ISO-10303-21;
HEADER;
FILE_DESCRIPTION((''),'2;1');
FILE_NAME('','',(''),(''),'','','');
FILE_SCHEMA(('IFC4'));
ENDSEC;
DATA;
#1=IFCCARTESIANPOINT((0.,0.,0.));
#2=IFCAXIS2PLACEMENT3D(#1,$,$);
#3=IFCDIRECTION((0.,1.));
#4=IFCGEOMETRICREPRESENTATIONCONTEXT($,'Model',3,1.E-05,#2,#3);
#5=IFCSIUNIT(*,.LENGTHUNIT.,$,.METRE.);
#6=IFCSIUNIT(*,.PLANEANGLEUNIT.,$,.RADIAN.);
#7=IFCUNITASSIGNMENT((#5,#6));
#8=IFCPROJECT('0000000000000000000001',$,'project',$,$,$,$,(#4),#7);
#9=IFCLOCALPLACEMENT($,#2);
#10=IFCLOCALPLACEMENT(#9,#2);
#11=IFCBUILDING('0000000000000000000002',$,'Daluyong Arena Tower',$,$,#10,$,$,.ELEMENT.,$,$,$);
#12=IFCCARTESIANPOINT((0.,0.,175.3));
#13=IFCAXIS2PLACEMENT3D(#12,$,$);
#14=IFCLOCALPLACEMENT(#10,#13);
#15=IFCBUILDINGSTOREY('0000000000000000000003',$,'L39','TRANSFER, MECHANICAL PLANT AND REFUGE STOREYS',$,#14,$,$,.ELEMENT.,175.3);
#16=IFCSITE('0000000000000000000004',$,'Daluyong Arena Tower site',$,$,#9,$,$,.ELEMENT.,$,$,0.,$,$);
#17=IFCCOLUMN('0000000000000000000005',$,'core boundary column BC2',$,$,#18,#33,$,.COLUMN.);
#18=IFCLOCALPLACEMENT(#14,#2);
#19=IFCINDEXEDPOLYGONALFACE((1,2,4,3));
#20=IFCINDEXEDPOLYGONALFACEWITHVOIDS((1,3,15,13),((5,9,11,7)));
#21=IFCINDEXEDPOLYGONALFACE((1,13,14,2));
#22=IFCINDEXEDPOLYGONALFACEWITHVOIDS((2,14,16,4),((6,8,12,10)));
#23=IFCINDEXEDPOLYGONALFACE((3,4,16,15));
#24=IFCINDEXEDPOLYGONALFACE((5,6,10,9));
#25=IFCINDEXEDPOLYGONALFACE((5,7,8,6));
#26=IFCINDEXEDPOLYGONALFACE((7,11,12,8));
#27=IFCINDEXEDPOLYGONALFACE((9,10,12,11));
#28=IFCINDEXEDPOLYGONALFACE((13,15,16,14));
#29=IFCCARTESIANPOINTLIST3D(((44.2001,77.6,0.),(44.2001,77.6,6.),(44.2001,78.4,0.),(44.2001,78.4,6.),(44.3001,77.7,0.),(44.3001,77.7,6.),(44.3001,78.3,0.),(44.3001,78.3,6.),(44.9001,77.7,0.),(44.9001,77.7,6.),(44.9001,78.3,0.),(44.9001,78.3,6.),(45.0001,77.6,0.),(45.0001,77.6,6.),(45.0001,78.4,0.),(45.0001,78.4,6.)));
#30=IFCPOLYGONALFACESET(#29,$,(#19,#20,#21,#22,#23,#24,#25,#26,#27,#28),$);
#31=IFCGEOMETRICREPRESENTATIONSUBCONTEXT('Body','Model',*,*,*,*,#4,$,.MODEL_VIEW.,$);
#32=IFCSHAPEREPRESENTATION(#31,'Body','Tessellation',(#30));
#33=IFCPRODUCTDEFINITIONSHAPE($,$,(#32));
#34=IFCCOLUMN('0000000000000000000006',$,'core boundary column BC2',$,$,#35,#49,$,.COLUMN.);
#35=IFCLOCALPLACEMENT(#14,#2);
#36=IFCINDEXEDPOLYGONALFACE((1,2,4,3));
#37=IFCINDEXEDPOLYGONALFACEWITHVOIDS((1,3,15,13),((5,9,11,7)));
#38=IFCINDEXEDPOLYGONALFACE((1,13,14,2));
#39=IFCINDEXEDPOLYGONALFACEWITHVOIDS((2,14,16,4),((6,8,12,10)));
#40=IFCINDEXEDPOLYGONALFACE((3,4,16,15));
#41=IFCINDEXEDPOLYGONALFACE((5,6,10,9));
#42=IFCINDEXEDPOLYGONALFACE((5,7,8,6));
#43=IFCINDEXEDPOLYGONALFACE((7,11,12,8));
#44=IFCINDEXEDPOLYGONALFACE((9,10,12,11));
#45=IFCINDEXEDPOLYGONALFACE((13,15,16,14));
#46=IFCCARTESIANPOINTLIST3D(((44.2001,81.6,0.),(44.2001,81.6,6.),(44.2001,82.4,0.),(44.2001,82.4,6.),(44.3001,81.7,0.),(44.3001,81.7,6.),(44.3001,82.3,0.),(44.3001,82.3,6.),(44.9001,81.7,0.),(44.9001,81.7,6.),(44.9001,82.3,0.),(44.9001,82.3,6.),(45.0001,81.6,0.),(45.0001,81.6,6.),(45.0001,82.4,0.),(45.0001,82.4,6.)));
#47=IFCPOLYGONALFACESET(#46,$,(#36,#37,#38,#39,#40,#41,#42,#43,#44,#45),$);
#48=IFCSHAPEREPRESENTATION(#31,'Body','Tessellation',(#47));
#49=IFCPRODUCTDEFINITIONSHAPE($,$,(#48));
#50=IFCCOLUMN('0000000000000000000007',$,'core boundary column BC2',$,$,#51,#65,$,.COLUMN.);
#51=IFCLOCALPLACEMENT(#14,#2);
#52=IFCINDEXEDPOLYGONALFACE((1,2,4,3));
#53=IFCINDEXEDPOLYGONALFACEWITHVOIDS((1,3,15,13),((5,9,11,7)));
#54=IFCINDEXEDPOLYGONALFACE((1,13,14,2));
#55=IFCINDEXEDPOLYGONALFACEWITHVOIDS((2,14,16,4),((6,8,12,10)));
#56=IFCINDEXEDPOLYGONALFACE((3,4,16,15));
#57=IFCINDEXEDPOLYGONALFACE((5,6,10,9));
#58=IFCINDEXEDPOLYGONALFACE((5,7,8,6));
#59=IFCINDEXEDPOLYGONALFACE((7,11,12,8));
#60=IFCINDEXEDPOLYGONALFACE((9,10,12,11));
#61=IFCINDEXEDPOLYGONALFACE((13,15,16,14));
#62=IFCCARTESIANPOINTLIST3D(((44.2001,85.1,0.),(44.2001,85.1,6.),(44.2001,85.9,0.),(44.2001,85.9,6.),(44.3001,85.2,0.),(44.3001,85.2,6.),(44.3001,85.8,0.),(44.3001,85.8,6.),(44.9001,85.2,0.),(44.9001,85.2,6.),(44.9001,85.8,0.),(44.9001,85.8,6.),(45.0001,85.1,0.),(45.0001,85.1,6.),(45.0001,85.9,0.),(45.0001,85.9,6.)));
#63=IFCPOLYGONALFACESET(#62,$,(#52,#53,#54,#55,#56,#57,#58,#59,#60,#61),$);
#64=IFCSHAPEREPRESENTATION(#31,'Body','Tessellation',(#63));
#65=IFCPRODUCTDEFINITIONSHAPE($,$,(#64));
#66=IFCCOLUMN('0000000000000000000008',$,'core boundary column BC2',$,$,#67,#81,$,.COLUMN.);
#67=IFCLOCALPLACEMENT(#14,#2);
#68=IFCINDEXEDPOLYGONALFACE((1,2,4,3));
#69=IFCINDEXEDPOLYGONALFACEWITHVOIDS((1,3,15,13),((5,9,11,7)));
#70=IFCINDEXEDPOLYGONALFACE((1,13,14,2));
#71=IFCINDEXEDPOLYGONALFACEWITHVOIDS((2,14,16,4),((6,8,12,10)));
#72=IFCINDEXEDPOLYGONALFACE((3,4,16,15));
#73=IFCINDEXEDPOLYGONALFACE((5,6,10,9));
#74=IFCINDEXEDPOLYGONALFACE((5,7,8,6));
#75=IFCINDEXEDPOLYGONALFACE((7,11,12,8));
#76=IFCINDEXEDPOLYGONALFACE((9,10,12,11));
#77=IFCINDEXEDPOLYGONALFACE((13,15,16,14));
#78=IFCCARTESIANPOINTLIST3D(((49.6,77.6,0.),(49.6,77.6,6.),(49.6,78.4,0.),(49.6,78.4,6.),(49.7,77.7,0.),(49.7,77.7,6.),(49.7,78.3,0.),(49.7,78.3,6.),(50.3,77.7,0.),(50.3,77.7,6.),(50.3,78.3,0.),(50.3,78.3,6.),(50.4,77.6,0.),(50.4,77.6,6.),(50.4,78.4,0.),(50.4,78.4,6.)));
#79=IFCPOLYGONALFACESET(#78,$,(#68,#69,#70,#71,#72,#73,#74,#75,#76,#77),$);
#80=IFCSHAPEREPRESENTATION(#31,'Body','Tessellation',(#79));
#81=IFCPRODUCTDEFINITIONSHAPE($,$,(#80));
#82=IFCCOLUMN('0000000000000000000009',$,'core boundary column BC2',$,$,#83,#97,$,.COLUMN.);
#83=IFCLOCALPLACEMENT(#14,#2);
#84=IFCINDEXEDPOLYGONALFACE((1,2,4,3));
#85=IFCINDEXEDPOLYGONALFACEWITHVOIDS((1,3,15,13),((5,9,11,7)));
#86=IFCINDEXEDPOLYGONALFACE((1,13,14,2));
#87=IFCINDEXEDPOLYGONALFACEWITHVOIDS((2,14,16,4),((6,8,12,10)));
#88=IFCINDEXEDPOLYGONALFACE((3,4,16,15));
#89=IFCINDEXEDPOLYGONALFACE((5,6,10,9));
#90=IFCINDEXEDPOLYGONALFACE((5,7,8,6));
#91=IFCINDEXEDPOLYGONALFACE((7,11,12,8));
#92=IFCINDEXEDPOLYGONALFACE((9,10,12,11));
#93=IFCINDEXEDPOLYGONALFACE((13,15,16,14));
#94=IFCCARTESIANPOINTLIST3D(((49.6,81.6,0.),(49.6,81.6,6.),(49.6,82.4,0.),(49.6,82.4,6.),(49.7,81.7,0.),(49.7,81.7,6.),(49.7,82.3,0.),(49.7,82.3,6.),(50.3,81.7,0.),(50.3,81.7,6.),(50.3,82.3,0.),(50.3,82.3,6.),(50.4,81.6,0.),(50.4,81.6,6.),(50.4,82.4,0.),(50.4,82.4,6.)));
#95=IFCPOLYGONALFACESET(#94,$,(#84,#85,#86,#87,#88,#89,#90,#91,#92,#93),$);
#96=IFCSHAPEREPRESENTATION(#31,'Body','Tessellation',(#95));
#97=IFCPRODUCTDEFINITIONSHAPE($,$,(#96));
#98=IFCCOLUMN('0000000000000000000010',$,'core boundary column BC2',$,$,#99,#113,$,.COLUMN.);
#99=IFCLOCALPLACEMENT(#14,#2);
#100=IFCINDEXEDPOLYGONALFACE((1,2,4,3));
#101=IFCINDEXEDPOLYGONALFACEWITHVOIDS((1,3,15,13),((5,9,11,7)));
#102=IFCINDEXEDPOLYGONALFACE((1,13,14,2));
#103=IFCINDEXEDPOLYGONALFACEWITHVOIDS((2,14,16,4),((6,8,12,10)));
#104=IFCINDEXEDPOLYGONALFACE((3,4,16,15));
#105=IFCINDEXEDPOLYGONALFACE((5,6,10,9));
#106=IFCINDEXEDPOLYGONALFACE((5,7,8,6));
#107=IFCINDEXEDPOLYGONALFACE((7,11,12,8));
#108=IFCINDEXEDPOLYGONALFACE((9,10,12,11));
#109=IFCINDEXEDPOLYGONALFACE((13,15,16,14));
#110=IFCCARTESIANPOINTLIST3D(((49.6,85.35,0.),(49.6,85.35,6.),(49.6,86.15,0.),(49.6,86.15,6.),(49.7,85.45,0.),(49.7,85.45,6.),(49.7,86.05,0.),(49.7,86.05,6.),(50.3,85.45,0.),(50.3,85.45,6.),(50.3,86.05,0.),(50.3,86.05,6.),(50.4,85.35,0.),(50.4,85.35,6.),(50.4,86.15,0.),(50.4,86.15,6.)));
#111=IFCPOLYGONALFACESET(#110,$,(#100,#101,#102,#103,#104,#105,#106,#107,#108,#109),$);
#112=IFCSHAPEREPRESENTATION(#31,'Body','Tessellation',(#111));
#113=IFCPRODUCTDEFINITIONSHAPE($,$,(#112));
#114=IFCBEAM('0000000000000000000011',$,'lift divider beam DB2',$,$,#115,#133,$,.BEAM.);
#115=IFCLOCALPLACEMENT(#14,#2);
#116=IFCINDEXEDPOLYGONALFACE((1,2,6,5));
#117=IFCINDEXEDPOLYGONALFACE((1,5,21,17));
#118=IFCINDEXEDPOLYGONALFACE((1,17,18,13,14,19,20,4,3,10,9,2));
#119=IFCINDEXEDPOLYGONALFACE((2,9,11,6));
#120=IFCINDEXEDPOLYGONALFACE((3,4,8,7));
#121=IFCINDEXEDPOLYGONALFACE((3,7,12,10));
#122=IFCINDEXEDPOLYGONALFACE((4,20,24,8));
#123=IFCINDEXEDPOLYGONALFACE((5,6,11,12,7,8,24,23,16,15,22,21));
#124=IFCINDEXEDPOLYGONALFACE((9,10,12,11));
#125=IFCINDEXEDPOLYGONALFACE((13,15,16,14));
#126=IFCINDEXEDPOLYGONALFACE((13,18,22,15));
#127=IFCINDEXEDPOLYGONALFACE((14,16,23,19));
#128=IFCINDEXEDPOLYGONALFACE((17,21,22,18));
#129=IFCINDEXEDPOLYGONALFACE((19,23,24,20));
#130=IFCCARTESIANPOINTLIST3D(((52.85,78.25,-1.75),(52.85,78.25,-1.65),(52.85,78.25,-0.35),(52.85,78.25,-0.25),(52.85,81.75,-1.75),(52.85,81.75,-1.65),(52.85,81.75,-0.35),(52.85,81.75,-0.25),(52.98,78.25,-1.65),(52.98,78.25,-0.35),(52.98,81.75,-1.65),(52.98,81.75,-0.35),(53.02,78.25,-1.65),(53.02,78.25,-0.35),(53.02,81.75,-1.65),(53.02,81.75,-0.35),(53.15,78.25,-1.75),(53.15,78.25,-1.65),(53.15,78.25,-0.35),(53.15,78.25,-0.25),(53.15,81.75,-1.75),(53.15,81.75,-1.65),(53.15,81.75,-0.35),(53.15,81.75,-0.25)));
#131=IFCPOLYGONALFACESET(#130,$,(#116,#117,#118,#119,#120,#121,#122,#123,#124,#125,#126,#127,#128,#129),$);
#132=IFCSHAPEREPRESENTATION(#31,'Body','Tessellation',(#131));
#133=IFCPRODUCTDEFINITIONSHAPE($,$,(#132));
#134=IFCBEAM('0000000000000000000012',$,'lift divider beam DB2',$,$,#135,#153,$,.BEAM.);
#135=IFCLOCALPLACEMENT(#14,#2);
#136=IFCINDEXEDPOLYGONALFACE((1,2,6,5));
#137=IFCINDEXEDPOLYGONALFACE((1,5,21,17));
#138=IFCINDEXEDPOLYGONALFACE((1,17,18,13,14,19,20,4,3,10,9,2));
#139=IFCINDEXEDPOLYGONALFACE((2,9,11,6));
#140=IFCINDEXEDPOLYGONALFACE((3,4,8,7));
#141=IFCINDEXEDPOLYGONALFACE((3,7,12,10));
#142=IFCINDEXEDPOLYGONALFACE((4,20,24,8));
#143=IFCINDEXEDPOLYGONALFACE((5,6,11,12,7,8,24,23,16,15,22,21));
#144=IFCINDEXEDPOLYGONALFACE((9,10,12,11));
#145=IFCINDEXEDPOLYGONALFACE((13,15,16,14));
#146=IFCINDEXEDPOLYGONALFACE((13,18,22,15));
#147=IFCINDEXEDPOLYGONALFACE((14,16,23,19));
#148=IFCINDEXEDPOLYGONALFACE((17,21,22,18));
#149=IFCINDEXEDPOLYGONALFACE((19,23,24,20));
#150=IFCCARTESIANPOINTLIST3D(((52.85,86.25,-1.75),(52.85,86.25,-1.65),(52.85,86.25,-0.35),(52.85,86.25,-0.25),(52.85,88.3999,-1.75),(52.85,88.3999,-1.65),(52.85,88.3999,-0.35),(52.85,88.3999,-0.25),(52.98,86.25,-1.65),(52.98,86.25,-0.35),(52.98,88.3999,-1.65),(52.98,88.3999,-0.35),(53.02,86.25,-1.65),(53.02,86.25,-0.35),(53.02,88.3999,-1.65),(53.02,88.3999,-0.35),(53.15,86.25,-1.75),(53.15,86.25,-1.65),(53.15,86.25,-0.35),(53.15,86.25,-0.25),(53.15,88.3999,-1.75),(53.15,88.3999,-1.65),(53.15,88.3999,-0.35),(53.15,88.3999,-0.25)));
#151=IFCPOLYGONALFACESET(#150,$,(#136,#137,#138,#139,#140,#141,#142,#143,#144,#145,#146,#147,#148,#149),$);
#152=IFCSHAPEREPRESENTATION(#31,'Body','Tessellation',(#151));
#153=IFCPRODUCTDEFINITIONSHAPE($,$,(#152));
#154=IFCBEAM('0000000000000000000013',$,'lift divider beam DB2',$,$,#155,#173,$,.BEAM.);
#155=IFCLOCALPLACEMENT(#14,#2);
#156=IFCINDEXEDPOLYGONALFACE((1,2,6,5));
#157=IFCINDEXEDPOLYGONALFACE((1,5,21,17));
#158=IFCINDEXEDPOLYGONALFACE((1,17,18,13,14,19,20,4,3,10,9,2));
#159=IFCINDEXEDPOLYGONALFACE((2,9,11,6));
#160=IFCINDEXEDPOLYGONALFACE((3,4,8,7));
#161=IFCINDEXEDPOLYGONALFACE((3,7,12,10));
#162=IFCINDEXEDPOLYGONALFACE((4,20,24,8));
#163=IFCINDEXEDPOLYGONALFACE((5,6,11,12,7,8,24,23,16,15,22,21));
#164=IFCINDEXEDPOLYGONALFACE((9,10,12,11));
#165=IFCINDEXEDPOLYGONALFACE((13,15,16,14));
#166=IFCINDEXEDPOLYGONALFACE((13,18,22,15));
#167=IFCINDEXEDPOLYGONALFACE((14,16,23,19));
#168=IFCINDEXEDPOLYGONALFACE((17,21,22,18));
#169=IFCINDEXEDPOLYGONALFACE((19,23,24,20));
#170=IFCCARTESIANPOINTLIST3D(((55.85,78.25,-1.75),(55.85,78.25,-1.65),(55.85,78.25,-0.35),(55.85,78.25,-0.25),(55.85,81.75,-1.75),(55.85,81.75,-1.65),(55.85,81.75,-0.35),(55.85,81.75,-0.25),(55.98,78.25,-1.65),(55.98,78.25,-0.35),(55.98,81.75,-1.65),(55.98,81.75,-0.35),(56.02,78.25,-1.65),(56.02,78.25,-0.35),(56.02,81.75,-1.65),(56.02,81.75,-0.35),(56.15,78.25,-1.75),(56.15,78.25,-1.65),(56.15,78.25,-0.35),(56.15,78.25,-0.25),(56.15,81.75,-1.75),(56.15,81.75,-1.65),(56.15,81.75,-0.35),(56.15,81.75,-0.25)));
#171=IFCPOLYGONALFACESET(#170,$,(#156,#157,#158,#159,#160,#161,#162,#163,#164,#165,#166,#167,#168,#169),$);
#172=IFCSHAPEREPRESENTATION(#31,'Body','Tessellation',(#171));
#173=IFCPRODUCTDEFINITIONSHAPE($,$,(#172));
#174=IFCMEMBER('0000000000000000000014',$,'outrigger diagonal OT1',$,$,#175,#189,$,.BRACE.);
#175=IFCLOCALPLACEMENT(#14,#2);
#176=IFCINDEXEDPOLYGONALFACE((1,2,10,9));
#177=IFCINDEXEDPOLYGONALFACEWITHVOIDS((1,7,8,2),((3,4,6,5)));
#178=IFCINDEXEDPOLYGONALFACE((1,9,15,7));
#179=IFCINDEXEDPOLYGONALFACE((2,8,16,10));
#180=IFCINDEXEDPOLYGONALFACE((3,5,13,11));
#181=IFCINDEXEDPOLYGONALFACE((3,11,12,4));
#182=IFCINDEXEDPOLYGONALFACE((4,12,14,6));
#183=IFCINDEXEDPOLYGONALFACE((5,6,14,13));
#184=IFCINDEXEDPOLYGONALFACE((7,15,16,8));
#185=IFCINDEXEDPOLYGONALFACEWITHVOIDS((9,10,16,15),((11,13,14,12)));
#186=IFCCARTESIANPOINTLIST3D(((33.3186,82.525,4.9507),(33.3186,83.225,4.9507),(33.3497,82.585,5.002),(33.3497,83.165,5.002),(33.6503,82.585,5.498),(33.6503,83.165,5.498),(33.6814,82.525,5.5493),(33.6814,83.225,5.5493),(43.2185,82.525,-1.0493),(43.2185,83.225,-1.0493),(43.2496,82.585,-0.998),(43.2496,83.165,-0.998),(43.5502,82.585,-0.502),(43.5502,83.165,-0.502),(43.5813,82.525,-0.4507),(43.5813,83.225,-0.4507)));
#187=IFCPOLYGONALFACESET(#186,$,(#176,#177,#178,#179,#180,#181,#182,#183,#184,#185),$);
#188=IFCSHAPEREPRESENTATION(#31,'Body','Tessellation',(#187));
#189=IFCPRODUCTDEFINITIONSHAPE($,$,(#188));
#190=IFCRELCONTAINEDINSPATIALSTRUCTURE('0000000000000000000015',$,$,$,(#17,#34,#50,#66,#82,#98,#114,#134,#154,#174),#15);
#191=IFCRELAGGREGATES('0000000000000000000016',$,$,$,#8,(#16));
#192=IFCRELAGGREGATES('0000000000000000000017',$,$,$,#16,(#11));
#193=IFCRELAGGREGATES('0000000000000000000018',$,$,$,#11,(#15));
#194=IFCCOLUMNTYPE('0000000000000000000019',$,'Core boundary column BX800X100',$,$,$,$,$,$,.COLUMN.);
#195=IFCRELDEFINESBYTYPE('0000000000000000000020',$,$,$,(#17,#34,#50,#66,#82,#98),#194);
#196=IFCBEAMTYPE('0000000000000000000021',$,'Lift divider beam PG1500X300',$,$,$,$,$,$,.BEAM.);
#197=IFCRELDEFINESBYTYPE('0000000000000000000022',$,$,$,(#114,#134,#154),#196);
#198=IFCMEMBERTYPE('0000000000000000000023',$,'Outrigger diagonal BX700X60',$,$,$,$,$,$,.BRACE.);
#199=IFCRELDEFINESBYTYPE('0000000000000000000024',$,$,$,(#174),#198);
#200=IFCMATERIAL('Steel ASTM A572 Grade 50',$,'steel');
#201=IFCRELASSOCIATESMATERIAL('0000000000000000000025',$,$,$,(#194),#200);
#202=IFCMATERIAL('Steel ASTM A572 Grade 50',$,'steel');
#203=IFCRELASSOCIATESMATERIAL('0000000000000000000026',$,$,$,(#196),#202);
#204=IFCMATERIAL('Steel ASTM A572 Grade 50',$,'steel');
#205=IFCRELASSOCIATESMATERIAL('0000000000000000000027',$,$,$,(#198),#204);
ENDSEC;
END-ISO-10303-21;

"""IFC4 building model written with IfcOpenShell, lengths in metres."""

from ifc_helpers import new_model, si_unit, direction, frame, origin, origin_2d, place, context, subcontext, project, spatial, hollow_rectangle, i_section, extrude, material, material_profile, profile_set, type_object, element, save


model = new_model("IFC4")

# Units and contexts
model_context = context("Model", 3, precision=1e-05, world=origin(), true_north=direction((0.0, 1.0)))
body_context = subcontext(model_context, "Body", "Model", "MODEL_VIEW")
ifc_project = project(units=[si_unit("LENGTHUNIT", "METRE"), si_unit("PLANEANGLEUNIT", "RADIAN")], contexts=[model_context])

# Site, building, storey
site_placement = place(None, origin())
site = spatial("IfcSite", under=ifc_project, at=site_placement, Name="Daluyong Arena Tower site", CompositionType="ELEMENT", RefElevation=0.0)
building_placement = place(site_placement, origin())
building = spatial("IfcBuilding", under=site, at=building_placement, Name="Daluyong Arena Tower", CompositionType="ELEMENT")
storey_placement = place(building_placement, frame((0.0, 0.0, 175.3)))
storey = spatial("IfcBuildingStorey", under=building, at=storey_placement, Name="L39", Description="TRANSFER, MECHANICAL PLANT AND REFUGE STOREYS", CompositionType="ELEMENT", Elevation=175.3)

# Columns
ifc_material_1 = material(Name="Steel ASTM A572 Grade 50", Category="steel")
ifc_material_profile_1 = material_profile(ifc_material_1, hollow_rectangle(XDim=0.8, YDim=0.8, WallThickness=0.1, at=origin_2d()))
ifc_profile_set_1 = profile_set([ifc_material_profile_1], Name="Steel ASTM A572 Grade 50")
column_type = type_object("IfcColumnType", Name="Core boundary column BX800X100", PredefinedType="COLUMN", material=ifc_profile_set_1)
for number, where, z_axis, x_axis, name in (
    (1, (44.6001, 78.0, 0.0), (0.0, 0.0, 1.0), (1.0, 0.0, 0.0), "core boundary column BC2"),
    (2, (44.6001, 82.0, 0.0), (0.0, 0.0, 1.0), (1.0, 0.0, 0.0), "core boundary column BC2"),
    (3, (44.6001, 85.5, 0.0), (0.0, 0.0, 1.0), (1.0, 0.0, 0.0), "core boundary column BC2"),
    (4, (50.0, 78.0, 0.0), (0.0, 0.0, 1.0), (1.0, 0.0, 0.0), "core boundary column BC2"),
    (5, (50.0, 82.0, 0.0), (0.0, 0.0, 1.0), (1.0, 0.0, 0.0), "core boundary column BC2"),
    (6, (50.0, 85.75, 0.0), (0.0, 0.0, 1.0), (1.0, 0.0, 0.0), "core boundary column BC2"),
):
    element("IfcColumn", number, at=place(storey_placement, frame(where, z_axis=z_axis, x_axis=x_axis)), inside=storey, type_object=column_type, Name=name, PredefinedType="COLUMN", context=body_context, shape_type="SweptSolid", body=[
        extrude(hollow_rectangle(XDim=0.8, YDim=0.8, WallThickness=0.1, at=origin_2d()), origin(), (0.0, 0.0, 1.0), 6.0),
    ])

# Beams
ifc_material_2 = material(Name="Steel ASTM A572 Grade 50", Category="steel")
ifc_material_profile_2 = material_profile(ifc_material_2, i_section(OverallWidth=0.3, OverallDepth=1.5, WebThickness=0.04, FlangeThickness=0.1, at=origin_2d()))
ifc_profile_set_2 = profile_set([ifc_material_profile_2], Name="Steel ASTM A572 Grade 50")
beam_type = type_object("IfcBeamType", Name="Lift divider beam PG1500X300", PredefinedType="BEAM", material=ifc_profile_set_2)
beam_1_placement = place(storey_placement, frame((53.0, 78.25, -1.0), z_axis=(0.0, 1.0, 0.0), x_axis=(-1.0, 0.0, 0.0)))
element("IfcBeam", 7, at=beam_1_placement, inside=storey, type_object=beam_type, Name="lift divider beam DB2", PredefinedType="BEAM", context=body_context, shape_type="SweptSolid", body=[
    extrude(i_section(OverallWidth=0.3, OverallDepth=1.5, WebThickness=0.04, FlangeThickness=0.1, at=origin_2d()), origin(), (0.0, 0.0, 1.0), 3.5),
])
beam_2_placement = place(storey_placement, frame((53.0, 86.25, -1.0), z_axis=(0.0, 1.0, 0.0), x_axis=(-1.0, 0.0, 0.0)))
element("IfcBeam", 8, at=beam_2_placement, inside=storey, type_object=beam_type, Name="lift divider beam DB2", PredefinedType="BEAM", context=body_context, shape_type="SweptSolid", body=[
    extrude(i_section(OverallWidth=0.3, OverallDepth=1.5, WebThickness=0.04, FlangeThickness=0.1, at=origin_2d()), origin(), (0.0, 0.0, 1.0), 2.1499),
])
beam_3_placement = place(storey_placement, frame((56.0, 78.25, -1.0), z_axis=(0.0, 1.0, 0.0), x_axis=(-1.0, 0.0, 0.0)))
element("IfcBeam", 9, at=beam_3_placement, inside=storey, type_object=beam_type, Name="lift divider beam DB2", PredefinedType="BEAM", context=body_context, shape_type="SweptSolid", body=[
    extrude(i_section(OverallWidth=0.3, OverallDepth=1.5, WebThickness=0.04, FlangeThickness=0.1, at=origin_2d()), origin(), (0.0, 0.0, 1.0), 3.5),
])

# Member
ifc_material_3 = material(Name="Steel ASTM A572 Grade 50", Category="steel")
ifc_material_profile_3 = material_profile(ifc_material_3, hollow_rectangle(XDim=0.7, YDim=0.7, WallThickness=0.06, at=origin_2d()))
ifc_profile_set_3 = profile_set([ifc_material_profile_3], Name="Steel ASTM A572 Grade 50")
member_type = type_object("IfcMemberType", Name="Outrigger diagonal BX700X60", PredefinedType="BRACE", material=ifc_profile_set_3)
member_placement = place(storey_placement, frame((43.3999, 82.875, -0.75), z_axis=(-0.855196, 0.0, 0.518305), x_axis=(0.0, -1.0, 0.0)))
element("IfcMember", 10, at=member_placement, inside=storey, type_object=member_type, Name="outrigger diagonal OT1", PredefinedType="BRACE", context=body_context, shape_type="SweptSolid", body=[
    extrude(hollow_rectangle(XDim=0.7, YDim=0.7, WallThickness=0.06, at=origin_2d()), origin(), (0.0, 0.0, 1.0), 11.5762),
])

save(model, "model.ifc")
